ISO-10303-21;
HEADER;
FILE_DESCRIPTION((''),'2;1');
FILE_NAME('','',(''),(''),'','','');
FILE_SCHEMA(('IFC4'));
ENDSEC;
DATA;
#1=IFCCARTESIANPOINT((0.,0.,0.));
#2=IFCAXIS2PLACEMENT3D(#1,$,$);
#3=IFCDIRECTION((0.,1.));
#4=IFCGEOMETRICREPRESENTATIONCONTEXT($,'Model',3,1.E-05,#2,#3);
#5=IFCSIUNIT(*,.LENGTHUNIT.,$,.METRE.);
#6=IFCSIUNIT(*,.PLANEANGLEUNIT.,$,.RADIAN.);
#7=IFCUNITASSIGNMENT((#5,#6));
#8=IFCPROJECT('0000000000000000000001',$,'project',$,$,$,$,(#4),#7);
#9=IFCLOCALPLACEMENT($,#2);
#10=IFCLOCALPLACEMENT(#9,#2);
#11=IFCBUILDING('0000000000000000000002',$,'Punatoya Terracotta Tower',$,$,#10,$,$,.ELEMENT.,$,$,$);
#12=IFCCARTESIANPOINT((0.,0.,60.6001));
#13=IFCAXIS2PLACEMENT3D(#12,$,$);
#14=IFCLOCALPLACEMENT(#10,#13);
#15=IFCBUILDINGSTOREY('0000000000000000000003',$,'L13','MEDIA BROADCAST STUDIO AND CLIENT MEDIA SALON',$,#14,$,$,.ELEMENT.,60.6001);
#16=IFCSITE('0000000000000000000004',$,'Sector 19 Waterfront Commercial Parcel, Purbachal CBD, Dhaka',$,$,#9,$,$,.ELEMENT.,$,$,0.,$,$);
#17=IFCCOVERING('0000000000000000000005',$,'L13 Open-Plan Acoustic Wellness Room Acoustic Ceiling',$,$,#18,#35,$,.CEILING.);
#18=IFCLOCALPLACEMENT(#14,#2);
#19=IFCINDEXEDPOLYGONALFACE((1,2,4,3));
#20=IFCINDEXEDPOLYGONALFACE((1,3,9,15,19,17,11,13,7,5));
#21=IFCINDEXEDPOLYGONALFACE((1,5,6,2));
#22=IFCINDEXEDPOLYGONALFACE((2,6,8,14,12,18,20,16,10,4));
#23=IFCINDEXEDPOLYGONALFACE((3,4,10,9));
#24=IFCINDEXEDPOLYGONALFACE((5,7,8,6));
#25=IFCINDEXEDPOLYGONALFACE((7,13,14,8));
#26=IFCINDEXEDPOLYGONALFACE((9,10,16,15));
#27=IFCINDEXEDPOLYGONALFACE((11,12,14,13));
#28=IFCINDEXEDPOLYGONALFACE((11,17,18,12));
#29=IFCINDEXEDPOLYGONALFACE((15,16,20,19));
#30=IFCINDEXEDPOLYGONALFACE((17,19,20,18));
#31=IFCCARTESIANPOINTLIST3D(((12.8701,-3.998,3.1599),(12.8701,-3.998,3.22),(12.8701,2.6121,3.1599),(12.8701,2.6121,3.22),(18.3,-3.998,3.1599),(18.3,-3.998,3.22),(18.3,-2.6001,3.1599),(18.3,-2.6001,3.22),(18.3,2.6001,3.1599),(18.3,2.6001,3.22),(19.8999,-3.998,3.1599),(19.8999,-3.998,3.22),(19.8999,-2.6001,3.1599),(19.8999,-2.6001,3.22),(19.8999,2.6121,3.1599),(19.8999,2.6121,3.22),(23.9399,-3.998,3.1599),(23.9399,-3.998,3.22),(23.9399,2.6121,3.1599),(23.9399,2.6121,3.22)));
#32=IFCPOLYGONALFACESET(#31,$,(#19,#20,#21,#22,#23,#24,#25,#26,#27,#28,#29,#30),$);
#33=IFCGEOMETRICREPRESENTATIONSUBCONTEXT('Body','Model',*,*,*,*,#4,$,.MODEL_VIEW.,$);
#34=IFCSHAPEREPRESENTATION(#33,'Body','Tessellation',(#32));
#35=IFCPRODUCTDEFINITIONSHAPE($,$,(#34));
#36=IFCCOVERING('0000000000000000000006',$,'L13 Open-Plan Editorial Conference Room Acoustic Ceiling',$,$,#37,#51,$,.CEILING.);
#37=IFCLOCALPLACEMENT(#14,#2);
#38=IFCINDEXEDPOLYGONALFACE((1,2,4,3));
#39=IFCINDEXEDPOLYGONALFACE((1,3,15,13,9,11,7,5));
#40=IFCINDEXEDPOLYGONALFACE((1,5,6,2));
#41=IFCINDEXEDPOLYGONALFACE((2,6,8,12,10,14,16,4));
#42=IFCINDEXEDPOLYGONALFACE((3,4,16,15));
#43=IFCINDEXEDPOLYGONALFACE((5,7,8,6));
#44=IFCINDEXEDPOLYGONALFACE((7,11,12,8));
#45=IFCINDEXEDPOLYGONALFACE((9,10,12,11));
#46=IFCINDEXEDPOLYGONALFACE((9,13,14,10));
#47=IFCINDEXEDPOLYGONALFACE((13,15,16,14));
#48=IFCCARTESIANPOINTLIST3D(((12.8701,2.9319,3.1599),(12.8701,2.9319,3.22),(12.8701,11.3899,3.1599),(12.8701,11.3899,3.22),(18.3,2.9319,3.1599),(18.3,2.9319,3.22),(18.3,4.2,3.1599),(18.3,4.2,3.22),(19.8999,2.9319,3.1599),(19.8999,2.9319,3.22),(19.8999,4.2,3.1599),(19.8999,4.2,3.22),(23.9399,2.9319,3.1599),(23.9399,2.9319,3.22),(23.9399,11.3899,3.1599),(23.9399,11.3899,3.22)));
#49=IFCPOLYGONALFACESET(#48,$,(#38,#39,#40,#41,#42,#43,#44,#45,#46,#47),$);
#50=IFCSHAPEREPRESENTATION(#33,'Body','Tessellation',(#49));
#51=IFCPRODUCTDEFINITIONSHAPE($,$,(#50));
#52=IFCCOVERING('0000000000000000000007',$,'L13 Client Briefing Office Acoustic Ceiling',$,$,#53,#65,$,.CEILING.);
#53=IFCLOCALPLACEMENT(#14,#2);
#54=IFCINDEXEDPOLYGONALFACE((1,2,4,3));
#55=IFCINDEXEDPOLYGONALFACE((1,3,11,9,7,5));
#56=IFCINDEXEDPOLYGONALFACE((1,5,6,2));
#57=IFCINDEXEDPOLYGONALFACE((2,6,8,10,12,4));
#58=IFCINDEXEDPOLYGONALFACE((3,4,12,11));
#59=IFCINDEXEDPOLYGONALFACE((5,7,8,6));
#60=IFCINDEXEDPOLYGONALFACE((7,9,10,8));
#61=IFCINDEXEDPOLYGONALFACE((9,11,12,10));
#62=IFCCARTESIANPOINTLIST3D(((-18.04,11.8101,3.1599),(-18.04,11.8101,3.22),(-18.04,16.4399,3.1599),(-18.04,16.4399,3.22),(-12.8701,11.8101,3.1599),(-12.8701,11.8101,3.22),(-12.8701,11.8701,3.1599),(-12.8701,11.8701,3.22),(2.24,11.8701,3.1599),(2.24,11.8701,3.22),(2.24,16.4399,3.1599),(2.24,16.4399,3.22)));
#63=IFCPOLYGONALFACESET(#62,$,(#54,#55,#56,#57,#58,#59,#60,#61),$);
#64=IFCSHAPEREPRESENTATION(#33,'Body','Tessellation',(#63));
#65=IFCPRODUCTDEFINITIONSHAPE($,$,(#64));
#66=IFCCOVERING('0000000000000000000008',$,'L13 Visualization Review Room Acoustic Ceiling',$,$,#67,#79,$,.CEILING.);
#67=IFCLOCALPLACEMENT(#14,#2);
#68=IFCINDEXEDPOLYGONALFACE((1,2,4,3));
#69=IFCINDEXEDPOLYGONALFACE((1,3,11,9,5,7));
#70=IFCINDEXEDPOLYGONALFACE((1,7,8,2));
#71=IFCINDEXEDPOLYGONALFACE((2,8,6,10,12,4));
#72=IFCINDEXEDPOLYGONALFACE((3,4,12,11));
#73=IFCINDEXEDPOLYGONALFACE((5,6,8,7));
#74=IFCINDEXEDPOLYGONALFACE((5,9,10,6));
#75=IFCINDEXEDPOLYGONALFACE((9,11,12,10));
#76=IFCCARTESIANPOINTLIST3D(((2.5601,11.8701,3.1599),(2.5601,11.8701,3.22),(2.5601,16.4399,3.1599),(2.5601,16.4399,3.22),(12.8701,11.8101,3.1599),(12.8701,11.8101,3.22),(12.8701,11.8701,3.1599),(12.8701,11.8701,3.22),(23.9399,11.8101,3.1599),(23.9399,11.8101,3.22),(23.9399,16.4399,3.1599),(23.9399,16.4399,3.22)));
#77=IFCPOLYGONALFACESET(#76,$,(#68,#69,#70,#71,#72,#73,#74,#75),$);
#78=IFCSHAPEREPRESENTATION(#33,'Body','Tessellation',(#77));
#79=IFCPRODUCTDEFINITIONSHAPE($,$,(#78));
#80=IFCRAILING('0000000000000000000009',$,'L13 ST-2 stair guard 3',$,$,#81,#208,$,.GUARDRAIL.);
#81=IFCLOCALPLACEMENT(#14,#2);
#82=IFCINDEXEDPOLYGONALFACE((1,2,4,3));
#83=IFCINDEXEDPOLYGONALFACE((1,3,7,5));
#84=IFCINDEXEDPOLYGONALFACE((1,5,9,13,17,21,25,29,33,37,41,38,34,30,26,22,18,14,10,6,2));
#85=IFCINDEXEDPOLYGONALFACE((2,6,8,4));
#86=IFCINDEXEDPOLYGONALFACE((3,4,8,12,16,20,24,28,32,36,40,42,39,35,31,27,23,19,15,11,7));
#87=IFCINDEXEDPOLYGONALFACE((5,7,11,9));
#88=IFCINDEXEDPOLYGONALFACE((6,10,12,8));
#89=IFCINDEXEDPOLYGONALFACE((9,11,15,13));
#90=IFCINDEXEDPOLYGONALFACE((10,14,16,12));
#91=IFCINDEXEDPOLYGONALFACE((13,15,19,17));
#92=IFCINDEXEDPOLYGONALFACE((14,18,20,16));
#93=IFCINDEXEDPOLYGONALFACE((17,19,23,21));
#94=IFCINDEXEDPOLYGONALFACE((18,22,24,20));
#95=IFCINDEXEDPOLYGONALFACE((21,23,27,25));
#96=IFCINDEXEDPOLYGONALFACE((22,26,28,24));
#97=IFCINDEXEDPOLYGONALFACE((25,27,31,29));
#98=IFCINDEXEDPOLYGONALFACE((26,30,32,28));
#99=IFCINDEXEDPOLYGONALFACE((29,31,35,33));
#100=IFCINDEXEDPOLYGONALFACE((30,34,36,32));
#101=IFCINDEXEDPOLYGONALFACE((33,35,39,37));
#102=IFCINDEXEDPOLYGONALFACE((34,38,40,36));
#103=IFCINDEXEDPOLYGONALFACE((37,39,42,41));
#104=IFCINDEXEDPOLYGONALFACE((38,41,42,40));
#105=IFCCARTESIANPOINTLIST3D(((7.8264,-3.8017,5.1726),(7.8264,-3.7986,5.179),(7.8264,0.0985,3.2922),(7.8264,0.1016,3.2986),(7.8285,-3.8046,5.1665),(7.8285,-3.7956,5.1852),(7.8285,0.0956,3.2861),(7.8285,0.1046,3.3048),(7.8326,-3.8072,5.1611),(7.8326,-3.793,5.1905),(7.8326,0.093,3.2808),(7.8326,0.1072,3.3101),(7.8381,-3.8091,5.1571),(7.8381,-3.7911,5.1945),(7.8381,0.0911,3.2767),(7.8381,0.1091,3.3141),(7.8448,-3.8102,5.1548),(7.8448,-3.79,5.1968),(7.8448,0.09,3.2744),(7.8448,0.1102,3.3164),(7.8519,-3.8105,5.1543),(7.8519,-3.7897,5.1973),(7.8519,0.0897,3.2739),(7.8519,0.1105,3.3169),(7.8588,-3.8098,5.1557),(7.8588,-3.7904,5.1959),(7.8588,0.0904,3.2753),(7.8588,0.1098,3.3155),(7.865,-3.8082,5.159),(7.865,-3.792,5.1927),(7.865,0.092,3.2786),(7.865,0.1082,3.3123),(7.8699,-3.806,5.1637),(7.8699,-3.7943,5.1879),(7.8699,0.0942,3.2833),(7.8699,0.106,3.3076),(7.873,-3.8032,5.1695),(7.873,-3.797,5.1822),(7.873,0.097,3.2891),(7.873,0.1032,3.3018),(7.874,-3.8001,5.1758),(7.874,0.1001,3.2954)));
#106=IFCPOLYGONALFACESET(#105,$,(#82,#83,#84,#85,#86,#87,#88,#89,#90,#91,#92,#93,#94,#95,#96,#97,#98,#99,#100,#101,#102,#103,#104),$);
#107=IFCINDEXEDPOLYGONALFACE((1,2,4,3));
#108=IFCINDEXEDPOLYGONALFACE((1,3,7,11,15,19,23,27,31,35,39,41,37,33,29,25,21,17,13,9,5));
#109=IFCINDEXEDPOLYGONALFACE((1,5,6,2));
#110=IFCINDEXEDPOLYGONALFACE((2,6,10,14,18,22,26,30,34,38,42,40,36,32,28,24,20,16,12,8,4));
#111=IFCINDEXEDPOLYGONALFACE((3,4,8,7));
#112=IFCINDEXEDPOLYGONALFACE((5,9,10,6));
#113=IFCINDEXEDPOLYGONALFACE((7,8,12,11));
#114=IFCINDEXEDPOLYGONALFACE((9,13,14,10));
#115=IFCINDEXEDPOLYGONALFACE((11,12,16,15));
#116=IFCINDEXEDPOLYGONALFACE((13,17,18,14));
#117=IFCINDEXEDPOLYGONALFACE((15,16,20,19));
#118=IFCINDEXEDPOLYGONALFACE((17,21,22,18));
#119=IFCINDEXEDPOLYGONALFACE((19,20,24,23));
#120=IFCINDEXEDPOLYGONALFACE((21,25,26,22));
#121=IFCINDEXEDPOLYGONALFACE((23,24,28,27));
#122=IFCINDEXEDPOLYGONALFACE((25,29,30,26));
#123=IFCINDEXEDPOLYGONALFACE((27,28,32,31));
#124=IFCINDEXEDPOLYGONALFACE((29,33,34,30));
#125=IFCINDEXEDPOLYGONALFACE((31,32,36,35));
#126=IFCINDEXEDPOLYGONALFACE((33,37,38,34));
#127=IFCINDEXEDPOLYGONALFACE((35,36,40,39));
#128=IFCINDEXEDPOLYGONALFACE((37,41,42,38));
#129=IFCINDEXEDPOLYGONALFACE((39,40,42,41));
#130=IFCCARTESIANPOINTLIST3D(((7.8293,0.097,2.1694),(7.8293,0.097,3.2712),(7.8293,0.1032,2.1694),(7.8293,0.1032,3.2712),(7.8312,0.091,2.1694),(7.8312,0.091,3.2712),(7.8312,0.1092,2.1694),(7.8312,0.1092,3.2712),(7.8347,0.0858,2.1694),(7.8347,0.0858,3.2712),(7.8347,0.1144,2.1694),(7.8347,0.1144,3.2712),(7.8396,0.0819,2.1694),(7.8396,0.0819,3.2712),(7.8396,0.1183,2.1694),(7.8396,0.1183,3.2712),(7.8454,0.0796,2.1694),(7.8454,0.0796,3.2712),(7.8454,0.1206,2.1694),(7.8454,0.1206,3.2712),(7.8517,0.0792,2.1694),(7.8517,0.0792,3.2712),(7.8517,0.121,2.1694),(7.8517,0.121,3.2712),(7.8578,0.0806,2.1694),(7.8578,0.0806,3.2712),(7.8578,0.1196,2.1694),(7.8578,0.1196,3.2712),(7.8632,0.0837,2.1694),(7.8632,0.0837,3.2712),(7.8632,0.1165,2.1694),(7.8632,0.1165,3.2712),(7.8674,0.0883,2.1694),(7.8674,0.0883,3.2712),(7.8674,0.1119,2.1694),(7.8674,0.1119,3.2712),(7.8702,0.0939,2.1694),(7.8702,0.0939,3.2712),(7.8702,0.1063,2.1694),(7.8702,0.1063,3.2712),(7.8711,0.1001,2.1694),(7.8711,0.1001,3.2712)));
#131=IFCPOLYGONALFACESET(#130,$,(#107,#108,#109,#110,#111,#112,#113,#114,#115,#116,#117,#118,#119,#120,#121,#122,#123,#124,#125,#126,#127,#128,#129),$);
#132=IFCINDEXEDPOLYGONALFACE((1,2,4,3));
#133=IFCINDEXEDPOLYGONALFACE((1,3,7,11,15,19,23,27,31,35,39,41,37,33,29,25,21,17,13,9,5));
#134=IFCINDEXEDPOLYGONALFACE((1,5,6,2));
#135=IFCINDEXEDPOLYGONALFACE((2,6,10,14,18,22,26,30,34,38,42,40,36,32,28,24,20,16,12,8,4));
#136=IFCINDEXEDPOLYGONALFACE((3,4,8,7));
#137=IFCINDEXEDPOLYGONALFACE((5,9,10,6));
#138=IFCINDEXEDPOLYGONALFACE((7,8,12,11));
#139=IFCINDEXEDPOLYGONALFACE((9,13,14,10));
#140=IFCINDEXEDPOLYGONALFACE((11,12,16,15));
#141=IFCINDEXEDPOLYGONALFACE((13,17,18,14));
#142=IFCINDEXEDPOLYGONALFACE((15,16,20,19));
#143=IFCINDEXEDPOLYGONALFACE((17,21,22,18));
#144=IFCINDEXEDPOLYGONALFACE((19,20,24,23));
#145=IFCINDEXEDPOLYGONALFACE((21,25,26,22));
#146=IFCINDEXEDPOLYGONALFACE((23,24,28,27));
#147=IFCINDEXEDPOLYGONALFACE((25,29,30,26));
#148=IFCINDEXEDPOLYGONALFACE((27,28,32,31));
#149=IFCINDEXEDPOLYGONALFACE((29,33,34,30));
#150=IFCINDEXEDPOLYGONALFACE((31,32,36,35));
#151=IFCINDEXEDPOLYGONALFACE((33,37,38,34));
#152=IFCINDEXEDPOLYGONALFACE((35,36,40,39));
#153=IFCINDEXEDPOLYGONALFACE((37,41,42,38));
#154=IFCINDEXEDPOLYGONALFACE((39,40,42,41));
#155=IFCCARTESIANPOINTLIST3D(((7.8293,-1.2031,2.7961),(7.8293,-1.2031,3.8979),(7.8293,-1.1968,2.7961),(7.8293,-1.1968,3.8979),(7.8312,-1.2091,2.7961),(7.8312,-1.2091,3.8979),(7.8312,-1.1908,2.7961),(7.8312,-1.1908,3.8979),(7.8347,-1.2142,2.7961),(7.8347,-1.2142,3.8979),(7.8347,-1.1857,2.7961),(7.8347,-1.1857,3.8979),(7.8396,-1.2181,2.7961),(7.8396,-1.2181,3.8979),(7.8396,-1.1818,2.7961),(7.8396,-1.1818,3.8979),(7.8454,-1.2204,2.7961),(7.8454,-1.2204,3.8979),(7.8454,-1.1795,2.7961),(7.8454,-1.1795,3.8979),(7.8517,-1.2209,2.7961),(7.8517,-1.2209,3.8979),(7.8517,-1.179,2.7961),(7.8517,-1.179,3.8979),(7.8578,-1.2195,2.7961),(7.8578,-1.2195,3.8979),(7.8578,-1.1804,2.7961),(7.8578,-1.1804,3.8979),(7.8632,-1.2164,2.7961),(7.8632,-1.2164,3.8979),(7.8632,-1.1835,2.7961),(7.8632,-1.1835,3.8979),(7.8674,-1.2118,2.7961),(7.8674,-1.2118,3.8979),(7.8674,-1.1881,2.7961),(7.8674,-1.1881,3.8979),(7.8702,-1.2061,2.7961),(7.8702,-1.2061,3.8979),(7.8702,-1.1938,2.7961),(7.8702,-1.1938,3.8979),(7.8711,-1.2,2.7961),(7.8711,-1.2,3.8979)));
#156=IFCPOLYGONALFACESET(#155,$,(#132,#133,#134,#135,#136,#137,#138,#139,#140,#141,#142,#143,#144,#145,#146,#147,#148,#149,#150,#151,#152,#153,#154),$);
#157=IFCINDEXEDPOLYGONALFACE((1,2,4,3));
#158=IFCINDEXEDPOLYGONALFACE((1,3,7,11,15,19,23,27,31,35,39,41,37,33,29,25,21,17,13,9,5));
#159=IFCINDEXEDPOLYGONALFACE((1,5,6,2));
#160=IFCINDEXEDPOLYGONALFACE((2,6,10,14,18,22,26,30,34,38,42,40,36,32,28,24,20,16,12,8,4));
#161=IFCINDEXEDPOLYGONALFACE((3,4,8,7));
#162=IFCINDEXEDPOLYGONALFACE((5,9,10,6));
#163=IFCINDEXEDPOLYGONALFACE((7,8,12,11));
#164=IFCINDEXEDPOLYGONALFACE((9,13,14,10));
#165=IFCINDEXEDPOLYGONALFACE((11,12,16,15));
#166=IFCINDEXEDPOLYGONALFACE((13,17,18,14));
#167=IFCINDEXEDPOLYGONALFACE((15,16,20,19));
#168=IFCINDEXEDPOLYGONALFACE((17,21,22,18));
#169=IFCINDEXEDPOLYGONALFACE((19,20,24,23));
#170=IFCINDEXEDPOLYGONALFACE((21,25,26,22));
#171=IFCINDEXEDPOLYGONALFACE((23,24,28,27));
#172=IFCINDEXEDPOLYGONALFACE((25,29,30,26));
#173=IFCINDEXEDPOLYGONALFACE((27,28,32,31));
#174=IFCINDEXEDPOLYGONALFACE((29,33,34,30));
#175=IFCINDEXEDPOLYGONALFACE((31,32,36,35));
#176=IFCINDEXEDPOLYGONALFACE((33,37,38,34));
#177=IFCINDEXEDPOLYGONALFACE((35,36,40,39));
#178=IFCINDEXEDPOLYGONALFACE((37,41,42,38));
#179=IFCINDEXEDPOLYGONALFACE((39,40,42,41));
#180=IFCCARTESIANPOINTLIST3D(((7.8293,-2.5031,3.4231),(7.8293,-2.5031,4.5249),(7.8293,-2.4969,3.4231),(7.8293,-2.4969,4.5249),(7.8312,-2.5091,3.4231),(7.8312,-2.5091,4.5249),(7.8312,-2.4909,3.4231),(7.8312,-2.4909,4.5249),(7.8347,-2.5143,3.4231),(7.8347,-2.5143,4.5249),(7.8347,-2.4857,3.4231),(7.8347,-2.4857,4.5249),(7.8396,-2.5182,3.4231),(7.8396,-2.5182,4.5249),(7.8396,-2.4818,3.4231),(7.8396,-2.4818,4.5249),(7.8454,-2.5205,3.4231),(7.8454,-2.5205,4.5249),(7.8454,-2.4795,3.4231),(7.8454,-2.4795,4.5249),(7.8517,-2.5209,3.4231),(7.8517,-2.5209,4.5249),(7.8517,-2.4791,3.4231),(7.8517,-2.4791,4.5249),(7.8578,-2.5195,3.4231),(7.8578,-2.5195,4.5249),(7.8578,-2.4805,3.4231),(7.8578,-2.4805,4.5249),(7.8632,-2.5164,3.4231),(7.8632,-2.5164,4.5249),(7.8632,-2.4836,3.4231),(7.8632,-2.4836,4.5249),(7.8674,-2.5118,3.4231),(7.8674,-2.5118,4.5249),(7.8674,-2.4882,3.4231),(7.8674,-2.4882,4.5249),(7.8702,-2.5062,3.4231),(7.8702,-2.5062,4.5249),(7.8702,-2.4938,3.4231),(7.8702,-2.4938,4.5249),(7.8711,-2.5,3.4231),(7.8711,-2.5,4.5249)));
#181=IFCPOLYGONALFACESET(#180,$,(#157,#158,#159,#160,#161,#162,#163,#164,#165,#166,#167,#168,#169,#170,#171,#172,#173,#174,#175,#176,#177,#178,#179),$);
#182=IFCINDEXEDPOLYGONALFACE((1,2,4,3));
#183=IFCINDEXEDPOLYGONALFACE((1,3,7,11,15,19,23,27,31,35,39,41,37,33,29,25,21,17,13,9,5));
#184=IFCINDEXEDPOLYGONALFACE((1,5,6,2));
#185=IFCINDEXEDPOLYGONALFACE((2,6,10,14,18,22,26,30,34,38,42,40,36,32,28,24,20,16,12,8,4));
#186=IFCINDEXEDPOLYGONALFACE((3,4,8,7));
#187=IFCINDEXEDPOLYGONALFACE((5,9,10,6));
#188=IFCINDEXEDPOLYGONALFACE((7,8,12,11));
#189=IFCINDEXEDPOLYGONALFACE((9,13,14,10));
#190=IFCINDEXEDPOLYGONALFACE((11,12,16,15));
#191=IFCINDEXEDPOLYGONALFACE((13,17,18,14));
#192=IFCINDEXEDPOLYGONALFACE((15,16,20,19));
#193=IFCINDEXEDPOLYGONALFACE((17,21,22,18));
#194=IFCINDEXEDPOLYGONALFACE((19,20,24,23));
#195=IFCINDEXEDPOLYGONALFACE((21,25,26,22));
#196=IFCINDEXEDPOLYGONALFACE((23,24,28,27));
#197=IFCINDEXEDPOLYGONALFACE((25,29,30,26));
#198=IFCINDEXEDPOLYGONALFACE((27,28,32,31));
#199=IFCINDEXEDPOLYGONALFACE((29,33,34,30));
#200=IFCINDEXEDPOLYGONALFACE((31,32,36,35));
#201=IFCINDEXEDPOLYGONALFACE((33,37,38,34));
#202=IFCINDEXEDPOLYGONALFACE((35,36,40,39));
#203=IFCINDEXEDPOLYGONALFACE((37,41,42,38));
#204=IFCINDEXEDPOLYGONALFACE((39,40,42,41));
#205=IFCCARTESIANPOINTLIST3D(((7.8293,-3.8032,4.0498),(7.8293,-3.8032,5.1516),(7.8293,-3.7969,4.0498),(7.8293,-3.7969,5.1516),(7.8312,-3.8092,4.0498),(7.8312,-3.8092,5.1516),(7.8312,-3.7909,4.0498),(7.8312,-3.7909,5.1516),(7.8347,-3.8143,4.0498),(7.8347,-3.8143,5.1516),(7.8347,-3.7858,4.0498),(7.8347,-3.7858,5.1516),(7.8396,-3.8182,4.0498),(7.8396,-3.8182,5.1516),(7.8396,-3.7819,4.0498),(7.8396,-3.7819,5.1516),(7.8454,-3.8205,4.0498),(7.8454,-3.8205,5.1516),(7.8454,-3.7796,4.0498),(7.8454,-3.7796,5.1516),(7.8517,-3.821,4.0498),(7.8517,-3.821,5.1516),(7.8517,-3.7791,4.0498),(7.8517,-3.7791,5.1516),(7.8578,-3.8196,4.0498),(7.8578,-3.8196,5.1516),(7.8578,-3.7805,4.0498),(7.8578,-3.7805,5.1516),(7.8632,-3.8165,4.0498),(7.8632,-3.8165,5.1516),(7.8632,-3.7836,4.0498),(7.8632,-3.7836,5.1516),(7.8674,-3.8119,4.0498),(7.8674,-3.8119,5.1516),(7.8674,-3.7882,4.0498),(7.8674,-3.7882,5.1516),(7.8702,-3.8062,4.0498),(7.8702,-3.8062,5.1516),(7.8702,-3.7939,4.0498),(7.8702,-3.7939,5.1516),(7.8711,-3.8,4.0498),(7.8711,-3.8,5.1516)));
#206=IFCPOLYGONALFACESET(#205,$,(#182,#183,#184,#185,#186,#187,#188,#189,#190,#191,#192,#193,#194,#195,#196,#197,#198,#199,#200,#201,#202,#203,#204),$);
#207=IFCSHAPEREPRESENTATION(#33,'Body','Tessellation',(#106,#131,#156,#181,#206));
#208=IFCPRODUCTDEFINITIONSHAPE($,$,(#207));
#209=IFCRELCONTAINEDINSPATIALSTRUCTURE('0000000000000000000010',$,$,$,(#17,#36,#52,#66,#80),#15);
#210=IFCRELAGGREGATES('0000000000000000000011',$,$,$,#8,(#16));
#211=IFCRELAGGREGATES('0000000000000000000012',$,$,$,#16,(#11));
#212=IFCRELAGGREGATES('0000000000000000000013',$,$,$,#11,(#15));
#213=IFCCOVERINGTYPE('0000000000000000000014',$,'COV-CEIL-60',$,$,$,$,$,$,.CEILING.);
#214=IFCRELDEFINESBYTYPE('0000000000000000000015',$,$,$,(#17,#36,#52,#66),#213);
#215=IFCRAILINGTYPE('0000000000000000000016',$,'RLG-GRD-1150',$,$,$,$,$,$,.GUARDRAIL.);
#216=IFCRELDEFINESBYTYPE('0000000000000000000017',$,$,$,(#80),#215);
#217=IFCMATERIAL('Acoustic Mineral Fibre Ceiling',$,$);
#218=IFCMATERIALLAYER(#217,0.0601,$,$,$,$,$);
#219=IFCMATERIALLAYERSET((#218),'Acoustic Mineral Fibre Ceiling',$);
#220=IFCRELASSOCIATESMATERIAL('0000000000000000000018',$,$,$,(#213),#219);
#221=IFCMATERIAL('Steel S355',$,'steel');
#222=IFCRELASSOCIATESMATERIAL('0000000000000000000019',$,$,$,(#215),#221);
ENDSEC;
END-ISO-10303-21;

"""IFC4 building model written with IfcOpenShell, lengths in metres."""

from ifc_helpers import new_model, si_unit, direction, frame, origin, origin_2d, place, context, subcontext, project, spatial, polyline, circle, outline, extrude, material, layer, layer_set, type_object, element, save


model = new_model("IFC4")

# Units and contexts
model_context = context("Model", 3, precision=1e-05, world=origin(), true_north=direction((0.0, 1.0)))
body_context = subcontext(model_context, "Body", "Model", "MODEL_VIEW")
ifc_project = project(units=[si_unit("LENGTHUNIT", "METRE"), si_unit("PLANEANGLEUNIT", "RADIAN")], contexts=[model_context])

# Site, building, storey
site_placement = place(None, origin())
site = spatial("IfcSite", under=ifc_project, at=site_placement, Name="Sector 19 Waterfront Commercial Parcel, Purbachal CBD, Dhaka", CompositionType="ELEMENT", RefElevation=0.0)
building_placement = place(site_placement, origin())
building = spatial("IfcBuilding", under=site, at=building_placement, Name="Punatoya Terracotta Tower", CompositionType="ELEMENT")
storey_placement = place(building_placement, frame((0.0, 0.0, 60.6001)))
storey = spatial("IfcBuildingStorey", under=building, at=storey_placement, Name="L13", Description="MEDIA BROADCAST STUDIO AND CLIENT MEDIA SALON", CompositionType="ELEMENT", Elevation=60.6001)

# Shared definitions
ifc_material_1 = material(Name="Steel S355", Category="steel")

# Coverings
ifc_material_2 = material(Name="Acoustic Mineral Fibre Ceiling")
ifc_layer_1 = layer(ifc_material_2, 0.0601)
ifc_layer_set_1 = layer_set([ifc_layer_1], Name="Acoustic Mineral Fibre Ceiling")
covering_type = type_object("IfcCoveringType", Name="COV-CEIL-60", PredefinedType="CEILING", material=ifc_layer_set_1)
covering_1_placement = place(storey_placement, frame((0.0, 0.0, 3.1599)))
element("IfcCovering", 1, at=covering_1_placement, inside=storey, type_object=covering_type, Name="L13 Open-Plan Acoustic Wellness Room Acoustic Ceiling", PredefinedType="CEILING", context=body_context, shape_type="SweptSolid", body=[
    extrude(outline(polyline([(18.3, 2.6001), (12.8701, 2.6121), (12.8701, -3.998), (18.3, -3.998), (18.3, -2.6001), (19.8999, -2.6001), (19.8999, -3.998), (23.9399, -3.998), (23.9399, 2.6121), (19.8999, 2.6121), (18.3, 2.6001)])), origin(), (0.0, 0.0, 1.0), 0.0601),
])
covering_2_placement = place(storey_placement, frame((0.0, 0.0, 3.1599)))
element("IfcCovering", 2, at=covering_2_placement, inside=storey, type_object=covering_type, Name="L13 Open-Plan Editorial Conference Room Acoustic Ceiling", PredefinedType="CEILING", context=body_context, shape_type="SweptSolid", body=[
    extrude(outline(polyline([(12.8701, 11.3899), (12.8701, 2.9319), (18.3, 2.9319), (18.3, 4.2), (19.8999, 4.2), (19.8999, 2.9319), (23.9399, 2.9319), (23.9399, 11.3899), (12.8701, 11.3899)])), origin(), (0.0, 0.0, 1.0), 0.0601),
])
covering_3_placement = place(storey_placement, frame((0.0, 0.0, 3.1599)))
element("IfcCovering", 3, at=covering_3_placement, inside=storey, type_object=covering_type, Name="L13 Client Briefing Office Acoustic Ceiling", PredefinedType="CEILING", context=body_context, shape_type="SweptSolid", body=[
    extrude(outline(polyline([(-18.04, 16.4399), (-18.04, 11.8101), (-12.8701, 11.8101), (-12.8701, 11.8701), (2.24, 11.8701), (2.24, 16.4399), (-18.04, 16.4399)])), origin(), (0.0, 0.0, 1.0), 0.0601),
])
covering_4_placement = place(storey_placement, frame((0.0, 0.0, 3.1599)))
element("IfcCovering", 4, at=covering_4_placement, inside=storey, type_object=covering_type, Name="L13 Visualization Review Room Acoustic Ceiling", PredefinedType="CEILING", context=body_context, shape_type="SweptSolid", body=[
    extrude(outline(polyline([(12.8701, 11.8101), (23.9399, 11.8101), (23.9399, 16.4399), (2.5601, 16.4399), (2.5601, 11.8701), (12.8701, 11.8701), (12.8701, 11.8101)])), origin(), (0.0, 0.0, 1.0), 0.0601),
])

# Railing
railing_type_1 = type_object("IfcRailingType", Name="RLG-GRD-1150", PredefinedType="GUARDRAIL", material=ifc_material_1)
railing_1_placement = place(storey_placement, frame((7.8501, 0.1001, 2.1694)))
element("IfcRailing", 5, at=railing_1_placement, inside=storey, type_object=railing_type_1, Name="L13 ST-2 stair guard 3", PredefinedType="GUARDRAIL", context=body_context, shape_type="SweptSolid", body=[
    extrude(circle(Radius=0.0239, at=origin_2d()), frame((0.0, 0.0, 1.126), z_axis=(0.0, -0.900774, 0.434289), x_axis=(1.0, 0.0, 0.0)), (0.0, 0.0, 1.0), 4.3298),
    extrude(circle(Radius=0.021, at=origin_2d()), origin(), (0.0, 0.0, 1.0), 1.1018),
    extrude(circle(Radius=0.021, at=origin_2d()), frame((0.0, -1.3, 0.6267)), (0.0, 0.0, 1.0), 1.1018),
    extrude(circle(Radius=0.021, at=origin_2d()), frame((0.0, -2.6001, 1.2537)), (0.0, 0.0, 1.0), 1.1018),
    extrude(circle(Radius=0.021, at=origin_2d()), frame((0.0, -3.9001, 1.8804)), (0.0, 0.0, 1.0), 1.1018),
])

save(model, "model.ifc")
